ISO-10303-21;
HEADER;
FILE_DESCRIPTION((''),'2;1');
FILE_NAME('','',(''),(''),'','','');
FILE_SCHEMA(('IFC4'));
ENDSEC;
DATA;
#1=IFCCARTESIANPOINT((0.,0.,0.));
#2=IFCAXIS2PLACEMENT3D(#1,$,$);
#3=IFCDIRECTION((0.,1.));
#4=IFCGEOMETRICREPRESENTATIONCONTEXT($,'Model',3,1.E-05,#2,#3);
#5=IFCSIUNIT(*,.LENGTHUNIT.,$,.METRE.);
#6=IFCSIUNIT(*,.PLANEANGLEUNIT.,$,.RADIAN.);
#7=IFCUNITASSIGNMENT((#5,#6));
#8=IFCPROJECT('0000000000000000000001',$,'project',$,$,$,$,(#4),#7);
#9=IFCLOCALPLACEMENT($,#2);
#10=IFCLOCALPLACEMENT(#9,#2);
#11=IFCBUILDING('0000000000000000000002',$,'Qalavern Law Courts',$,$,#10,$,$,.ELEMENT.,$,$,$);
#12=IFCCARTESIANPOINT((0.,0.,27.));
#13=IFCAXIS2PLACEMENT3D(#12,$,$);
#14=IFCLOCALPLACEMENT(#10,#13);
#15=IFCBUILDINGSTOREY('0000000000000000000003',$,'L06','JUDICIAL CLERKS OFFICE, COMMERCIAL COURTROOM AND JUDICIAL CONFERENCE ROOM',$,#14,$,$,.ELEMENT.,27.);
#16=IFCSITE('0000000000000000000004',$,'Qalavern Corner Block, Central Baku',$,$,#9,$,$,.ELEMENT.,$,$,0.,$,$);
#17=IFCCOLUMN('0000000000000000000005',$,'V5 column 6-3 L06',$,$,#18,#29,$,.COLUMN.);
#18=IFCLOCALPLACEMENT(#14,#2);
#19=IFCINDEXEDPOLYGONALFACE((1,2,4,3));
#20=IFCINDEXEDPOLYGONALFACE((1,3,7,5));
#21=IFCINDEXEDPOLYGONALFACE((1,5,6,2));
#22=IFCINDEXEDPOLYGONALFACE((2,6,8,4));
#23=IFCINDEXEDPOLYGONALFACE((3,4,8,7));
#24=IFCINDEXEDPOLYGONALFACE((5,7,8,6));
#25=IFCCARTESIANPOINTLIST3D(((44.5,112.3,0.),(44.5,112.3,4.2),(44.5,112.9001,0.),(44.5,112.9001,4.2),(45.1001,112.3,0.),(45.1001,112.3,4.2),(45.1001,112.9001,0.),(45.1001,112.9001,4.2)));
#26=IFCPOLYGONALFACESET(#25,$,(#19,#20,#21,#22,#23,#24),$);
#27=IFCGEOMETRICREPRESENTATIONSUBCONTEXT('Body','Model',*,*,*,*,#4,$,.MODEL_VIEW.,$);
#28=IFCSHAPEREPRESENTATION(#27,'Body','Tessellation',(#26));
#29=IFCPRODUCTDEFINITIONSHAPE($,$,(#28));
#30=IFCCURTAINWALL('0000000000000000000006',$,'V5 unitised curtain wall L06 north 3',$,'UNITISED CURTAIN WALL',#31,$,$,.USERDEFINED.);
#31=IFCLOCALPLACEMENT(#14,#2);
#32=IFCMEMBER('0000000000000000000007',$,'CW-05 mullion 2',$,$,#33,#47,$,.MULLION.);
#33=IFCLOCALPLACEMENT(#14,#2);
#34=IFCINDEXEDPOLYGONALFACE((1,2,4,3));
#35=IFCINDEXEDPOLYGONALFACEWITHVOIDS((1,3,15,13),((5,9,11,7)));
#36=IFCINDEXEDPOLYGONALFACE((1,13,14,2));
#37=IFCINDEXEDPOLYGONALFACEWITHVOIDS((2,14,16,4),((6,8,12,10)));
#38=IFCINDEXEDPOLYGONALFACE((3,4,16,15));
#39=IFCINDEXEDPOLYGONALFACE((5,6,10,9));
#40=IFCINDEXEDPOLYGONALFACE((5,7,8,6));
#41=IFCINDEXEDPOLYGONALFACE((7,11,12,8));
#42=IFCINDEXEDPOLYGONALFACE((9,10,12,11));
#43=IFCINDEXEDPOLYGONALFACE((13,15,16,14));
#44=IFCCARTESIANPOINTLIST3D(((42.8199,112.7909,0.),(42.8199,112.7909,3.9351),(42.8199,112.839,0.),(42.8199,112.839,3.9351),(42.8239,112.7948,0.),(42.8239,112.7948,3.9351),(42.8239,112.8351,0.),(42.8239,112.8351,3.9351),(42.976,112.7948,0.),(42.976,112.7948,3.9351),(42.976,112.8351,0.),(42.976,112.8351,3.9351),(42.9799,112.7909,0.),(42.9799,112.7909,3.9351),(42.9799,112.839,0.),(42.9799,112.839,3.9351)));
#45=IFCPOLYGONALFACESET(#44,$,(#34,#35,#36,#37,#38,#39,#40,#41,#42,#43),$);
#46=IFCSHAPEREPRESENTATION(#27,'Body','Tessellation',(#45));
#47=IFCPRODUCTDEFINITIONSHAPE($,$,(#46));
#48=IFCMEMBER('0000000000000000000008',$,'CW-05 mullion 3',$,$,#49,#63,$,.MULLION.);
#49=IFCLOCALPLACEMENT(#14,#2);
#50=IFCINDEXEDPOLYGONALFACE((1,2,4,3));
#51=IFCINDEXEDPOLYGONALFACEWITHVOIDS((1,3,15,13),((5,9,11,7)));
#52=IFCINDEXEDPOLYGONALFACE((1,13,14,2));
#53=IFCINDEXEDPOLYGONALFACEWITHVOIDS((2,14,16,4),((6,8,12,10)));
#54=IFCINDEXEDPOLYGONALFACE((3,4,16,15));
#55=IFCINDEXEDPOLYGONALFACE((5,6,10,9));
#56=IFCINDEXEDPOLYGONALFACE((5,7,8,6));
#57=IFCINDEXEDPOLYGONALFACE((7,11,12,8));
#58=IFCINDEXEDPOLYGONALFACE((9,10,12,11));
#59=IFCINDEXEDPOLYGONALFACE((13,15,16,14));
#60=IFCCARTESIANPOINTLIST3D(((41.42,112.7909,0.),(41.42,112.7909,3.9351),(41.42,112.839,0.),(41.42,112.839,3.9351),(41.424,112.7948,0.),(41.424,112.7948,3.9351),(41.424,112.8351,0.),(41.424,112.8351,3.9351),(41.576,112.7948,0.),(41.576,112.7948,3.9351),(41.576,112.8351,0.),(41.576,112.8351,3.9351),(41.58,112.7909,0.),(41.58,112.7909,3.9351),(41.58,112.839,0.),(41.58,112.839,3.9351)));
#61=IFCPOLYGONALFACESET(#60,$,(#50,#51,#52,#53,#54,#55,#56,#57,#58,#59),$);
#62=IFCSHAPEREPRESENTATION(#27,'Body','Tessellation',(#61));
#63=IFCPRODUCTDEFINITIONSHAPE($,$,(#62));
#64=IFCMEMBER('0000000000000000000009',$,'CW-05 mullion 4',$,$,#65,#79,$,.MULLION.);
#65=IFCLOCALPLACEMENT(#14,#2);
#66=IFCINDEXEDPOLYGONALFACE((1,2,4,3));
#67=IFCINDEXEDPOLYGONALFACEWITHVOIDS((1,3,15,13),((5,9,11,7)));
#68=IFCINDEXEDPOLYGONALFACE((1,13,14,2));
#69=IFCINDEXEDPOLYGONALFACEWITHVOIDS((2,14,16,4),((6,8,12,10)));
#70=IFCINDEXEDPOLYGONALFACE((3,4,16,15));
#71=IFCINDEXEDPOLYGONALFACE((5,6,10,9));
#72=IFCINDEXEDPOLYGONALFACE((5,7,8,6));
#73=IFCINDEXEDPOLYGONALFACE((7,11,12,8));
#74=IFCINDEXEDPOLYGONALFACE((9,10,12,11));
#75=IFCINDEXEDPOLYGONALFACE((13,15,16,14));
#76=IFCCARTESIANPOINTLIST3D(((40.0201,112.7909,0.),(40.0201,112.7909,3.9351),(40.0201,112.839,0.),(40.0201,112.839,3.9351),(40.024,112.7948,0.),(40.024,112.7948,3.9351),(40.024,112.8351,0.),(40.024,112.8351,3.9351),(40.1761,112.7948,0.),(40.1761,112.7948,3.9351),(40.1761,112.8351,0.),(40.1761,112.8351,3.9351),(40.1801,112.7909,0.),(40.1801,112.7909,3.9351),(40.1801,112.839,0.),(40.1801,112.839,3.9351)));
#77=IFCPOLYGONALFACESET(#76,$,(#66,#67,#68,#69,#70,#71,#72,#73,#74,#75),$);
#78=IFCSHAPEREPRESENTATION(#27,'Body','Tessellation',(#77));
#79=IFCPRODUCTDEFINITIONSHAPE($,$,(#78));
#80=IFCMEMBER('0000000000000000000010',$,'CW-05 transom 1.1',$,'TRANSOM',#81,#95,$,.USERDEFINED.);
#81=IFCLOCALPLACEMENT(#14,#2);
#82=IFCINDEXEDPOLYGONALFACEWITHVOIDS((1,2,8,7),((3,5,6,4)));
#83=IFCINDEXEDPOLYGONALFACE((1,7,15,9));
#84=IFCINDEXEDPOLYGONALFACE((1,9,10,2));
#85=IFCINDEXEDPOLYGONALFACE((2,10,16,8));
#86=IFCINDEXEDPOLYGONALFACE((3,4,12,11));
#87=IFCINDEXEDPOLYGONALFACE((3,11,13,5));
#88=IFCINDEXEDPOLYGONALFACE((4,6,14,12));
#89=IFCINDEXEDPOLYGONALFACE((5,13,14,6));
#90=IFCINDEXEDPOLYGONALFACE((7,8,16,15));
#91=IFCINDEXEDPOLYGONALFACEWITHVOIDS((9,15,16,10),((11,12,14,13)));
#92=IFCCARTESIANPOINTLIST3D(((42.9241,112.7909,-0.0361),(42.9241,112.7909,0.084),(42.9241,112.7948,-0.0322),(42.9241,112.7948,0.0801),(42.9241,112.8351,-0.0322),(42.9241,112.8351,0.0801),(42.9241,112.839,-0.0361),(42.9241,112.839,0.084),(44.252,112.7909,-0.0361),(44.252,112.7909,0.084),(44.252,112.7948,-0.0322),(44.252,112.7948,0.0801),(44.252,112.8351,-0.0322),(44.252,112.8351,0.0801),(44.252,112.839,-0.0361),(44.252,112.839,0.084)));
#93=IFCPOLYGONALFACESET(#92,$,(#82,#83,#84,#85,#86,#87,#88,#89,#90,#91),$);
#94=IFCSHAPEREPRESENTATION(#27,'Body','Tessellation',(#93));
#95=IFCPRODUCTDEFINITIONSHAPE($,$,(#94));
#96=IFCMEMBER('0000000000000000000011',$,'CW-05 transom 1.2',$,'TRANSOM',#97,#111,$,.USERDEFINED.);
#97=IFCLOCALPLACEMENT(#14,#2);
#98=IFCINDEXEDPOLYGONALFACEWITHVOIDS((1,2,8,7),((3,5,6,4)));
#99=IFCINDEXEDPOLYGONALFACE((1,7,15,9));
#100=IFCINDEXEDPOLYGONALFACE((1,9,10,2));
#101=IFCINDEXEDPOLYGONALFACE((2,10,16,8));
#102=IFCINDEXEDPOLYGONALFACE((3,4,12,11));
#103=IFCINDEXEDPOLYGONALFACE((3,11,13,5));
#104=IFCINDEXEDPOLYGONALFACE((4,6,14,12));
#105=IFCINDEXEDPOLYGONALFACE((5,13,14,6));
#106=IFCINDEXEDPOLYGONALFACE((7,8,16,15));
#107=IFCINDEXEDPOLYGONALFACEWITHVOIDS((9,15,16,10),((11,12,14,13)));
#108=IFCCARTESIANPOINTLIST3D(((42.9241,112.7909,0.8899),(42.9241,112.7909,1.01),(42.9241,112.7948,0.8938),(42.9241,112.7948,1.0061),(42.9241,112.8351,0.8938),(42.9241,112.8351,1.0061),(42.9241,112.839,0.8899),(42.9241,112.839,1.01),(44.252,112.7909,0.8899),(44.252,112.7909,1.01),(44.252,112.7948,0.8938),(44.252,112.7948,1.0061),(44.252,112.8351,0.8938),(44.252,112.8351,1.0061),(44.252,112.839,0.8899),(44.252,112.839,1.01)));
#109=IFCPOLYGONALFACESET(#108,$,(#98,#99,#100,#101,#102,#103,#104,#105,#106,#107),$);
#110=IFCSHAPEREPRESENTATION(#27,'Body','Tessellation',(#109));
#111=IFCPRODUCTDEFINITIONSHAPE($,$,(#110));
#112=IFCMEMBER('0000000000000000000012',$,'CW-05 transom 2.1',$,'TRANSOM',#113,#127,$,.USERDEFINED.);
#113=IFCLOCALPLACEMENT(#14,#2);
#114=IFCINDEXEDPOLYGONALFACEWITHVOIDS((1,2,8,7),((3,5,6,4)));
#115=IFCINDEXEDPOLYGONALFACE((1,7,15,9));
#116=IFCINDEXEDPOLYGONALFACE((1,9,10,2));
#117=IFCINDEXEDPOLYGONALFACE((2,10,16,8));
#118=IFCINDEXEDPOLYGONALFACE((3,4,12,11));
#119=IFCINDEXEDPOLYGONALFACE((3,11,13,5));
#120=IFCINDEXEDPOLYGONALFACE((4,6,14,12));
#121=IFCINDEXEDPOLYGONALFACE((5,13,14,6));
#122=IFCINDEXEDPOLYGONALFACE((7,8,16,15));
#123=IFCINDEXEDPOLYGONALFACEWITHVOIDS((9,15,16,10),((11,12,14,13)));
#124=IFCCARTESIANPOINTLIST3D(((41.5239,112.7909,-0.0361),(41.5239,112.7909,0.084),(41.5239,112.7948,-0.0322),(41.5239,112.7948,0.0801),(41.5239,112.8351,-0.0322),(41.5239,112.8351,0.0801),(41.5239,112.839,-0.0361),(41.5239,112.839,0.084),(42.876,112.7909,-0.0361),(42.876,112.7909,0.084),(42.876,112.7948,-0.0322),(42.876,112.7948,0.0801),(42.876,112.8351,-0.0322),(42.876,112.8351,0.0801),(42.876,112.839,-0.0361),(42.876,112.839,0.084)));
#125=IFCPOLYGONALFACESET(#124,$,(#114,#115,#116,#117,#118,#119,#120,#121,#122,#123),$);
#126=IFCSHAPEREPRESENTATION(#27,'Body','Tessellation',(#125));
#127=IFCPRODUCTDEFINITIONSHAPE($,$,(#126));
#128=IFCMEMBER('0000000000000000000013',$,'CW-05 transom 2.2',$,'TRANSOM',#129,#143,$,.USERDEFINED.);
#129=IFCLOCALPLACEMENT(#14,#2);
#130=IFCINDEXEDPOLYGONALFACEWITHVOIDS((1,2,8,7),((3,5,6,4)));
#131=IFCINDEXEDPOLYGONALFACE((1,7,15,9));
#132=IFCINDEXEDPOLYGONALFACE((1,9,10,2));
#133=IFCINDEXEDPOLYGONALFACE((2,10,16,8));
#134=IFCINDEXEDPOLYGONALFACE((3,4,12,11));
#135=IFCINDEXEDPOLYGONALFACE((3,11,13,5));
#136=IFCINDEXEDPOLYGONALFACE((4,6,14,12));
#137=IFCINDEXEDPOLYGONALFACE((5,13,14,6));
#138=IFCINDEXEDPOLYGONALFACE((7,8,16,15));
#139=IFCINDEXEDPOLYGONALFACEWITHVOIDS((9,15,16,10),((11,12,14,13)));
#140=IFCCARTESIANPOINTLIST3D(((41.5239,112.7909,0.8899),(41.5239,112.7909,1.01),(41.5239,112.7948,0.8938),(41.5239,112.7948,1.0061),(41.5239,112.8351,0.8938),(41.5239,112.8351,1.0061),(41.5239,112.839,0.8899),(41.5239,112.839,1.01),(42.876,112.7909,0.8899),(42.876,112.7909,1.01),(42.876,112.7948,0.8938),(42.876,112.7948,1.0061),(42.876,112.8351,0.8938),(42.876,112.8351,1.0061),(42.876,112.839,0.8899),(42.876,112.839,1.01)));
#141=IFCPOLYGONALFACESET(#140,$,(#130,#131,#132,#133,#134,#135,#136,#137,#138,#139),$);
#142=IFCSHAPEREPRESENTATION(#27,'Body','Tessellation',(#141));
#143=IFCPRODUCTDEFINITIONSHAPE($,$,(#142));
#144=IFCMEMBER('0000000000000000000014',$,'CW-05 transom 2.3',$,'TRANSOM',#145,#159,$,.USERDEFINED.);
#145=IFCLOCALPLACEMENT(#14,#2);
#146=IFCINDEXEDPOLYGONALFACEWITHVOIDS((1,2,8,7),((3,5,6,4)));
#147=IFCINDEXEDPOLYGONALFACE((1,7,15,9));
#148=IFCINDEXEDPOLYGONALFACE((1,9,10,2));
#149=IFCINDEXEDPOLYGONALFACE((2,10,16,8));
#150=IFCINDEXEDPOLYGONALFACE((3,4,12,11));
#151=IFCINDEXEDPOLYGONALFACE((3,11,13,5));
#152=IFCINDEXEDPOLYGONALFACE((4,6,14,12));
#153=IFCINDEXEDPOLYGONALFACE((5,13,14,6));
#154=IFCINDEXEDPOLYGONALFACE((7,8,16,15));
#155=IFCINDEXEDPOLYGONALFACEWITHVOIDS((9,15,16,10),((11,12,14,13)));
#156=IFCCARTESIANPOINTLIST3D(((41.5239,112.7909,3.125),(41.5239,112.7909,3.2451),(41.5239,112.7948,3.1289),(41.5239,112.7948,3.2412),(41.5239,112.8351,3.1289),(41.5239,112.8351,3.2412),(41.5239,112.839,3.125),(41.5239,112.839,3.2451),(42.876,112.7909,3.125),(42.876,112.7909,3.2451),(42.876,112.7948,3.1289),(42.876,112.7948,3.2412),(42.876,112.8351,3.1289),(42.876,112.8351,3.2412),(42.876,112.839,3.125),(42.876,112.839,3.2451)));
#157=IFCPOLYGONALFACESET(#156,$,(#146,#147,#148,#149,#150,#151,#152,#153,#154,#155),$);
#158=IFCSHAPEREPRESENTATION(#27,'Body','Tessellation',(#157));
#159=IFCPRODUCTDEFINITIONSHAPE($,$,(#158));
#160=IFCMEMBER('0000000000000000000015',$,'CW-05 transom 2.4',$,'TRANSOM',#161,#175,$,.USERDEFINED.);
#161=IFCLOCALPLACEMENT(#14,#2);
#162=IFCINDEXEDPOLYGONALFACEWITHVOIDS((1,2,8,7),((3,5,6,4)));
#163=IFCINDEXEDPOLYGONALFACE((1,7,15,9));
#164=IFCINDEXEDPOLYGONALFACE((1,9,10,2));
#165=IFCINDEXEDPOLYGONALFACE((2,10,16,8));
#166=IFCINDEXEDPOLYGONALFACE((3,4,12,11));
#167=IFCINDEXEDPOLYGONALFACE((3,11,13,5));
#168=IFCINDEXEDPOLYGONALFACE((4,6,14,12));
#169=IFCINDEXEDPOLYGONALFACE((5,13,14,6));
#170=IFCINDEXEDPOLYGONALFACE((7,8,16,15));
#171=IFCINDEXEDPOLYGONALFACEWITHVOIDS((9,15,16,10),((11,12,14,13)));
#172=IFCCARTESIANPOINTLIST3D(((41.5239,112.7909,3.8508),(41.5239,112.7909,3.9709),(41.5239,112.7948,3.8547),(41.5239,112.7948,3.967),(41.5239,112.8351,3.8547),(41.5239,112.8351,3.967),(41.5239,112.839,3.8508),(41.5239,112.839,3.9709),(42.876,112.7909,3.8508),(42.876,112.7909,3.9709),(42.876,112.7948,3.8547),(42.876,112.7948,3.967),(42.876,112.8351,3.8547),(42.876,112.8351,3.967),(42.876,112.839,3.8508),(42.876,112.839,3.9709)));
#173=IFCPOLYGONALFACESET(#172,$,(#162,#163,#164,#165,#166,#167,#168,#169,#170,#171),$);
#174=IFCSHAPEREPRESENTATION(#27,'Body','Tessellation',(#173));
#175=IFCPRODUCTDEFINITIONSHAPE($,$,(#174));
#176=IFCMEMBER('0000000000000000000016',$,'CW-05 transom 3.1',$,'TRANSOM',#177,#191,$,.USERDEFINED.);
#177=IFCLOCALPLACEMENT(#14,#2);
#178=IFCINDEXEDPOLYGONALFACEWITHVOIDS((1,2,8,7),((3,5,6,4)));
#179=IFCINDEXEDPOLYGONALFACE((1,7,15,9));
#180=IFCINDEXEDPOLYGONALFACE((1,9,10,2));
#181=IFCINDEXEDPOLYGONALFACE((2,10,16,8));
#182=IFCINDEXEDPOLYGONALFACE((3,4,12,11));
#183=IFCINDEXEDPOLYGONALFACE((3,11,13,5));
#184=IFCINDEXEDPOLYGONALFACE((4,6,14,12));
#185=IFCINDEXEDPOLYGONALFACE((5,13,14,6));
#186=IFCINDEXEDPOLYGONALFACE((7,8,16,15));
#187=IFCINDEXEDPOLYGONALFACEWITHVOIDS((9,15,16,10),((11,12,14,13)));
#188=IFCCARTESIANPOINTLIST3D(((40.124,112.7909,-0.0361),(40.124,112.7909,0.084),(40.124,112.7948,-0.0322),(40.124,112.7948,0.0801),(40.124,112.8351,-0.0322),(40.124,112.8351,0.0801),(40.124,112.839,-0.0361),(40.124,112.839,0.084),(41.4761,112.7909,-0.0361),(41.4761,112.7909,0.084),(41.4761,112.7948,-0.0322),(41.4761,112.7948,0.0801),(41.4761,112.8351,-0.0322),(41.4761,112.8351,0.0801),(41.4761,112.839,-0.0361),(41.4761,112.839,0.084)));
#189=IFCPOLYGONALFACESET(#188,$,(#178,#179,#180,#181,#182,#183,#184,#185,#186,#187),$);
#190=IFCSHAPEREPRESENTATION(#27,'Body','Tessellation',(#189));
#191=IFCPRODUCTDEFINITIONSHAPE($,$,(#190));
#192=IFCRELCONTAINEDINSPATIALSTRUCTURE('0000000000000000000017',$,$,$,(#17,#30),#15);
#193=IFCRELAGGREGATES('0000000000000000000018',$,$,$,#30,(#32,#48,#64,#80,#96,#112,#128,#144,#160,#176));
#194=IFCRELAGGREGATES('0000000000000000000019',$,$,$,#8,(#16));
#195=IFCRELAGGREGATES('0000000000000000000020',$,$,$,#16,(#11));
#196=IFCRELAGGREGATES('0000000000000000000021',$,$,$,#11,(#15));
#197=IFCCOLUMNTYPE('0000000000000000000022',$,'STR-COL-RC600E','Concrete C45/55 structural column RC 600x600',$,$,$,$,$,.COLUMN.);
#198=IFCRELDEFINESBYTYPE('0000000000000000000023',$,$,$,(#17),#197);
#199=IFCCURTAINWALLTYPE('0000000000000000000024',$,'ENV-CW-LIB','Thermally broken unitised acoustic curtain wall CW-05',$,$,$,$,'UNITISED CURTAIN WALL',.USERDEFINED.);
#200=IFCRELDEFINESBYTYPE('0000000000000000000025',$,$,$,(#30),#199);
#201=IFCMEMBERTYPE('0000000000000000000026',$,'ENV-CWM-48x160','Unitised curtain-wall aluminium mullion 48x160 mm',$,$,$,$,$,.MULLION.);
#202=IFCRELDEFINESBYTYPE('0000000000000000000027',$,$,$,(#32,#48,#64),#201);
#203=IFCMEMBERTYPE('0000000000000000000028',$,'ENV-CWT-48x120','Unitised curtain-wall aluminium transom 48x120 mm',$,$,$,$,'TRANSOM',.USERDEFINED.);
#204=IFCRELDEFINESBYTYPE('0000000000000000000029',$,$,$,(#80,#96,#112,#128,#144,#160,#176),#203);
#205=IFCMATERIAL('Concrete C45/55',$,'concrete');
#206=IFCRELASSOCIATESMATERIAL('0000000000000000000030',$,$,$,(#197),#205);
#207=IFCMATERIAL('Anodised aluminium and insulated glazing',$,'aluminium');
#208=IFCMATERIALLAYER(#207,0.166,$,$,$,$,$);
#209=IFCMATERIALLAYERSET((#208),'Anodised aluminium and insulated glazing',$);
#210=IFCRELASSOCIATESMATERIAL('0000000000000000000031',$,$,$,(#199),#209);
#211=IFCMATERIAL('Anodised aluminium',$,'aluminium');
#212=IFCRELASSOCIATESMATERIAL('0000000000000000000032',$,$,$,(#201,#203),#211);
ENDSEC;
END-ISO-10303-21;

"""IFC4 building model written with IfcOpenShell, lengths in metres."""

from ifc_helpers import new_model, si_unit, direction, frame, origin, origin_2d, place, context, subcontext, project, spatial, rectangle, hollow_rectangle, extrude, material, layer, layer_set, material_profile, profile_set, type_object, element, aggregate, save


model = new_model("IFC4")

# Units and contexts
model_context = context("Model", 3, precision=1e-05, world=origin(), true_north=direction((0.0, 1.0)))
body_context = subcontext(model_context, "Body", "Model", "MODEL_VIEW")
ifc_project = project(units=[si_unit("LENGTHUNIT", "METRE"), si_unit("PLANEANGLEUNIT", "RADIAN")], contexts=[model_context])

# Site, building, storey
site_placement = place(None, origin())
site = spatial("IfcSite", under=ifc_project, at=site_placement, Name="Qalavern Corner Block, Central Baku", CompositionType="ELEMENT", RefElevation=0.0)
building_placement = place(site_placement, origin())
building = spatial("IfcBuilding", under=site, at=building_placement, Name="Qalavern Law Courts", CompositionType="ELEMENT")
storey_placement = place(building_placement, frame((0.0, 0.0, 27.0)))
storey = spatial("IfcBuildingStorey", under=building, at=storey_placement, Name="L06", Description="JUDICIAL CLERKS OFFICE, COMMERCIAL COURTROOM AND JUDICIAL CONFERENCE ROOM", CompositionType="ELEMENT", Elevation=27.0)

# Column
ifc_material_1 = material(Name="Concrete C45/55", Category="concrete")
ifc_material_profile_1 = material_profile(ifc_material_1, rectangle(XDim=0.6001, YDim=0.6001, at=origin_2d()), Name="RC 600x600")
ifc_profile_set_1 = profile_set([ifc_material_profile_1], Name="Concrete C45/55")
column_type = type_object("IfcColumnType", Name="STR-COL-RC600E", Description="Concrete C45/55 structural column RC 600x600", PredefinedType="COLUMN", material=ifc_profile_set_1)
column_placement = place(storey_placement, frame((44.8, 112.6001, 0.0), z_axis=(0.0, 0.0, 1.0), x_axis=(1.0, 0.0, 0.0)))
element("IfcColumn", 1, at=column_placement, inside=storey, type_object=column_type, Name="V5 column 6-3 L06", PredefinedType="COLUMN", context=body_context, shape_type="SweptSolid", body=[
    extrude(rectangle(XDim=0.6001, YDim=0.6001, at=origin_2d()), origin(), (0.0, 0.0, 1.0), 4.2),
])

# Curtain wall, members
ifc_material_2 = material(Name="Anodised aluminium and insulated glazing", Category="aluminium")
ifc_layer_1 = layer(ifc_material_2, 0.166)
ifc_layer_set_1 = layer_set([ifc_layer_1], Name="Anodised aluminium and insulated glazing")
curtain_wall_type = type_object("IfcCurtainWallType", Name="ENV-CW-LIB", Description="Thermally broken unitised acoustic curtain wall CW-05", ElementType="UNITISED CURTAIN WALL", PredefinedType="USERDEFINED", material=ifc_layer_set_1)
curtain_wall_placement = place(storey_placement, origin())
curtain_wall = element("IfcCurtainWall", 2, at=curtain_wall_placement, inside=storey, type_object=curtain_wall_type, Name="V5 unitised curtain wall L06 north 3", ObjectType="UNITISED CURTAIN WALL", PredefinedType="USERDEFINED")
ifc_material_3 = material(Name="Anodised aluminium", Category="aluminium")
ifc_material_profile_2 = material_profile(ifc_material_3, hollow_rectangle(XDim=0.0481, YDim=0.1599, WallThickness=0.0039, at=origin_2d()), Name="ALU MULLION 48x160")
ifc_profile_set_2 = profile_set([ifc_material_profile_2], Name="Anodised aluminium")
member_type_1 = type_object("IfcMemberType", Name="ENV-CWM-48x160", Description="Unitised curtain-wall aluminium mullion 48x160 mm", PredefinedType="MULLION", material=ifc_profile_set_2)
member_1_placement = place(storey_placement, frame((42.8999, 112.8149, 0.0), z_axis=(0.0, 0.0, 1.0), x_axis=(0.0, -1.0, 0.0)))
member_1 = element("IfcMember", 3, at=member_1_placement, type_object=member_type_1, Name="CW-05 mullion 2", PredefinedType="MULLION", context=body_context, shape_type="SweptSolid", body=[
    extrude(hollow_rectangle(XDim=0.0481, YDim=0.1599, WallThickness=0.0039, at=origin_2d()), origin(), (0.0, 0.0, 1.0), 3.9351),
])
member_2_placement = place(storey_placement, frame((41.5, 112.8149, 0.0), z_axis=(0.0, 0.0, 1.0), x_axis=(0.0, -1.0, 0.0)))
member_2 = element("IfcMember", 4, at=member_2_placement, type_object=member_type_1, Name="CW-05 mullion 3", PredefinedType="MULLION", context=body_context, shape_type="SweptSolid", body=[
    extrude(hollow_rectangle(XDim=0.0481, YDim=0.1599, WallThickness=0.0039, at=origin_2d()), origin(), (0.0, 0.0, 1.0), 3.9351),
])
member_3_placement = place(storey_placement, frame((40.1001, 112.8149, 0.0), z_axis=(0.0, 0.0, 1.0), x_axis=(0.0, -1.0, 0.0)))
member_3 = element("IfcMember", 5, at=member_3_placement, type_object=member_type_1, Name="CW-05 mullion 4", PredefinedType="MULLION", context=body_context, shape_type="SweptSolid", body=[
    extrude(hollow_rectangle(XDim=0.0481, YDim=0.1599, WallThickness=0.0039, at=origin_2d()), origin(), (0.0, 0.0, 1.0), 3.9351),
])
ifc_material_profile_3 = material_profile(ifc_material_3, hollow_rectangle(XDim=0.0481, YDim=0.1201, WallThickness=0.0039, at=origin_2d()), Name="ALU TRANSOM 48x120")
ifc_profile_set_3 = profile_set([ifc_material_profile_3], Name="Anodised aluminium")
member_type_2 = type_object("IfcMemberType", Name="ENV-CWT-48x120", Description="Unitised curtain-wall aluminium transom 48x120 mm", ElementType="TRANSOM", PredefinedType="USERDEFINED", material=ifc_profile_set_3)
member_4_placement = place(storey_placement, frame((44.252, 112.8149, 0.0239), z_axis=(-1.0, 0.0, 0.0), x_axis=(0.0, -1.0, 0.0)))
member_4 = element("IfcMember", 6, at=member_4_placement, type_object=member_type_2, Name="CW-05 transom 1.1", ObjectType="TRANSOM", PredefinedType="USERDEFINED", context=body_context, shape_type="SweptSolid", body=[
    extrude(hollow_rectangle(XDim=0.0481, YDim=0.1201, WallThickness=0.0039, at=origin_2d()), origin(), (0.0, 0.0, 1.0), 1.3279),
])
member_5_placement = place(storey_placement, frame((44.252, 112.8149, 0.95), z_axis=(-1.0, 0.0, 0.0), x_axis=(0.0, -1.0, 0.0)))
member_5 = element("IfcMember", 7, at=member_5_placement, type_object=member_type_2, Name="CW-05 transom 1.2", ObjectType="TRANSOM", PredefinedType="USERDEFINED", context=body_context, shape_type="SweptSolid", body=[
    extrude(hollow_rectangle(XDim=0.0481, YDim=0.1201, WallThickness=0.0039, at=origin_2d()), origin(), (0.0, 0.0, 1.0), 1.3279),
])
member_6_placement = place(storey_placement, frame((42.876, 112.8149, 0.0239), z_axis=(-1.0, 0.0, 0.0), x_axis=(0.0, -1.0, 0.0)))
member_6 = element("IfcMember", 8, at=member_6_placement, type_object=member_type_2, Name="CW-05 transom 2.1", ObjectType="TRANSOM", PredefinedType="USERDEFINED", context=body_context, shape_type="SweptSolid", body=[
    extrude(hollow_rectangle(XDim=0.0481, YDim=0.1201, WallThickness=0.0039, at=origin_2d()), origin(), (0.0, 0.0, 1.0), 1.3521),
])
member_7_placement = place(storey_placement, frame((42.876, 112.8149, 0.95), z_axis=(-1.0, 0.0, 0.0), x_axis=(0.0, -1.0, 0.0)))
member_7 = element("IfcMember", 9, at=member_7_placement, type_object=member_type_2, Name="CW-05 transom 2.2", ObjectType="TRANSOM", PredefinedType="USERDEFINED", context=body_context, shape_type="SweptSolid", body=[
    extrude(hollow_rectangle(XDim=0.0481, YDim=0.1201, WallThickness=0.0039, at=origin_2d()), origin(), (0.0, 0.0, 1.0), 1.3521),
])
member_8_placement = place(storey_placement, frame((42.876, 112.8149, 3.1851), z_axis=(-1.0, 0.0, 0.0), x_axis=(0.0, -1.0, 0.0)))
member_8 = element("IfcMember", 10, at=member_8_placement, type_object=member_type_2, Name="CW-05 transom 2.3", ObjectType="TRANSOM", PredefinedType="USERDEFINED", context=body_context, shape_type="SweptSolid", body=[
    extrude(hollow_rectangle(XDim=0.0481, YDim=0.1201, WallThickness=0.0039, at=origin_2d()), origin(), (0.0, 0.0, 1.0), 1.3521),
])
member_9_placement = place(storey_placement, frame((42.876, 112.8149, 3.9109), z_axis=(-1.0, 0.0, 0.0), x_axis=(0.0, -1.0, 0.0)))
member_9 = element("IfcMember", 11, at=member_9_placement, type_object=member_type_2, Name="CW-05 transom 2.4", ObjectType="TRANSOM", PredefinedType="USERDEFINED", context=body_context, shape_type="SweptSolid", body=[
    extrude(hollow_rectangle(XDim=0.0481, YDim=0.1201, WallThickness=0.0039, at=origin_2d()), origin(), (0.0, 0.0, 1.0), 1.3521),
])
member_10_placement = place(storey_placement, frame((41.4761, 112.8149, 0.0239), z_axis=(-1.0, 0.0, 0.0), x_axis=(0.0, -1.0, 0.0)))
member_10 = element("IfcMember", 12, at=member_10_placement, type_object=member_type_2, Name="CW-05 transom 3.1", ObjectType="TRANSOM", PredefinedType="USERDEFINED", context=body_context, shape_type="SweptSolid", body=[
    extrude(hollow_rectangle(XDim=0.0481, YDim=0.1201, WallThickness=0.0039, at=origin_2d()), origin(), (0.0, 0.0, 1.0), 1.3521),
])

aggregate(curtain_wall, [member_1, member_2, member_3, member_4, member_5, member_6, member_7, member_8, member_9, member_10])

save(model, "model.ifc")
